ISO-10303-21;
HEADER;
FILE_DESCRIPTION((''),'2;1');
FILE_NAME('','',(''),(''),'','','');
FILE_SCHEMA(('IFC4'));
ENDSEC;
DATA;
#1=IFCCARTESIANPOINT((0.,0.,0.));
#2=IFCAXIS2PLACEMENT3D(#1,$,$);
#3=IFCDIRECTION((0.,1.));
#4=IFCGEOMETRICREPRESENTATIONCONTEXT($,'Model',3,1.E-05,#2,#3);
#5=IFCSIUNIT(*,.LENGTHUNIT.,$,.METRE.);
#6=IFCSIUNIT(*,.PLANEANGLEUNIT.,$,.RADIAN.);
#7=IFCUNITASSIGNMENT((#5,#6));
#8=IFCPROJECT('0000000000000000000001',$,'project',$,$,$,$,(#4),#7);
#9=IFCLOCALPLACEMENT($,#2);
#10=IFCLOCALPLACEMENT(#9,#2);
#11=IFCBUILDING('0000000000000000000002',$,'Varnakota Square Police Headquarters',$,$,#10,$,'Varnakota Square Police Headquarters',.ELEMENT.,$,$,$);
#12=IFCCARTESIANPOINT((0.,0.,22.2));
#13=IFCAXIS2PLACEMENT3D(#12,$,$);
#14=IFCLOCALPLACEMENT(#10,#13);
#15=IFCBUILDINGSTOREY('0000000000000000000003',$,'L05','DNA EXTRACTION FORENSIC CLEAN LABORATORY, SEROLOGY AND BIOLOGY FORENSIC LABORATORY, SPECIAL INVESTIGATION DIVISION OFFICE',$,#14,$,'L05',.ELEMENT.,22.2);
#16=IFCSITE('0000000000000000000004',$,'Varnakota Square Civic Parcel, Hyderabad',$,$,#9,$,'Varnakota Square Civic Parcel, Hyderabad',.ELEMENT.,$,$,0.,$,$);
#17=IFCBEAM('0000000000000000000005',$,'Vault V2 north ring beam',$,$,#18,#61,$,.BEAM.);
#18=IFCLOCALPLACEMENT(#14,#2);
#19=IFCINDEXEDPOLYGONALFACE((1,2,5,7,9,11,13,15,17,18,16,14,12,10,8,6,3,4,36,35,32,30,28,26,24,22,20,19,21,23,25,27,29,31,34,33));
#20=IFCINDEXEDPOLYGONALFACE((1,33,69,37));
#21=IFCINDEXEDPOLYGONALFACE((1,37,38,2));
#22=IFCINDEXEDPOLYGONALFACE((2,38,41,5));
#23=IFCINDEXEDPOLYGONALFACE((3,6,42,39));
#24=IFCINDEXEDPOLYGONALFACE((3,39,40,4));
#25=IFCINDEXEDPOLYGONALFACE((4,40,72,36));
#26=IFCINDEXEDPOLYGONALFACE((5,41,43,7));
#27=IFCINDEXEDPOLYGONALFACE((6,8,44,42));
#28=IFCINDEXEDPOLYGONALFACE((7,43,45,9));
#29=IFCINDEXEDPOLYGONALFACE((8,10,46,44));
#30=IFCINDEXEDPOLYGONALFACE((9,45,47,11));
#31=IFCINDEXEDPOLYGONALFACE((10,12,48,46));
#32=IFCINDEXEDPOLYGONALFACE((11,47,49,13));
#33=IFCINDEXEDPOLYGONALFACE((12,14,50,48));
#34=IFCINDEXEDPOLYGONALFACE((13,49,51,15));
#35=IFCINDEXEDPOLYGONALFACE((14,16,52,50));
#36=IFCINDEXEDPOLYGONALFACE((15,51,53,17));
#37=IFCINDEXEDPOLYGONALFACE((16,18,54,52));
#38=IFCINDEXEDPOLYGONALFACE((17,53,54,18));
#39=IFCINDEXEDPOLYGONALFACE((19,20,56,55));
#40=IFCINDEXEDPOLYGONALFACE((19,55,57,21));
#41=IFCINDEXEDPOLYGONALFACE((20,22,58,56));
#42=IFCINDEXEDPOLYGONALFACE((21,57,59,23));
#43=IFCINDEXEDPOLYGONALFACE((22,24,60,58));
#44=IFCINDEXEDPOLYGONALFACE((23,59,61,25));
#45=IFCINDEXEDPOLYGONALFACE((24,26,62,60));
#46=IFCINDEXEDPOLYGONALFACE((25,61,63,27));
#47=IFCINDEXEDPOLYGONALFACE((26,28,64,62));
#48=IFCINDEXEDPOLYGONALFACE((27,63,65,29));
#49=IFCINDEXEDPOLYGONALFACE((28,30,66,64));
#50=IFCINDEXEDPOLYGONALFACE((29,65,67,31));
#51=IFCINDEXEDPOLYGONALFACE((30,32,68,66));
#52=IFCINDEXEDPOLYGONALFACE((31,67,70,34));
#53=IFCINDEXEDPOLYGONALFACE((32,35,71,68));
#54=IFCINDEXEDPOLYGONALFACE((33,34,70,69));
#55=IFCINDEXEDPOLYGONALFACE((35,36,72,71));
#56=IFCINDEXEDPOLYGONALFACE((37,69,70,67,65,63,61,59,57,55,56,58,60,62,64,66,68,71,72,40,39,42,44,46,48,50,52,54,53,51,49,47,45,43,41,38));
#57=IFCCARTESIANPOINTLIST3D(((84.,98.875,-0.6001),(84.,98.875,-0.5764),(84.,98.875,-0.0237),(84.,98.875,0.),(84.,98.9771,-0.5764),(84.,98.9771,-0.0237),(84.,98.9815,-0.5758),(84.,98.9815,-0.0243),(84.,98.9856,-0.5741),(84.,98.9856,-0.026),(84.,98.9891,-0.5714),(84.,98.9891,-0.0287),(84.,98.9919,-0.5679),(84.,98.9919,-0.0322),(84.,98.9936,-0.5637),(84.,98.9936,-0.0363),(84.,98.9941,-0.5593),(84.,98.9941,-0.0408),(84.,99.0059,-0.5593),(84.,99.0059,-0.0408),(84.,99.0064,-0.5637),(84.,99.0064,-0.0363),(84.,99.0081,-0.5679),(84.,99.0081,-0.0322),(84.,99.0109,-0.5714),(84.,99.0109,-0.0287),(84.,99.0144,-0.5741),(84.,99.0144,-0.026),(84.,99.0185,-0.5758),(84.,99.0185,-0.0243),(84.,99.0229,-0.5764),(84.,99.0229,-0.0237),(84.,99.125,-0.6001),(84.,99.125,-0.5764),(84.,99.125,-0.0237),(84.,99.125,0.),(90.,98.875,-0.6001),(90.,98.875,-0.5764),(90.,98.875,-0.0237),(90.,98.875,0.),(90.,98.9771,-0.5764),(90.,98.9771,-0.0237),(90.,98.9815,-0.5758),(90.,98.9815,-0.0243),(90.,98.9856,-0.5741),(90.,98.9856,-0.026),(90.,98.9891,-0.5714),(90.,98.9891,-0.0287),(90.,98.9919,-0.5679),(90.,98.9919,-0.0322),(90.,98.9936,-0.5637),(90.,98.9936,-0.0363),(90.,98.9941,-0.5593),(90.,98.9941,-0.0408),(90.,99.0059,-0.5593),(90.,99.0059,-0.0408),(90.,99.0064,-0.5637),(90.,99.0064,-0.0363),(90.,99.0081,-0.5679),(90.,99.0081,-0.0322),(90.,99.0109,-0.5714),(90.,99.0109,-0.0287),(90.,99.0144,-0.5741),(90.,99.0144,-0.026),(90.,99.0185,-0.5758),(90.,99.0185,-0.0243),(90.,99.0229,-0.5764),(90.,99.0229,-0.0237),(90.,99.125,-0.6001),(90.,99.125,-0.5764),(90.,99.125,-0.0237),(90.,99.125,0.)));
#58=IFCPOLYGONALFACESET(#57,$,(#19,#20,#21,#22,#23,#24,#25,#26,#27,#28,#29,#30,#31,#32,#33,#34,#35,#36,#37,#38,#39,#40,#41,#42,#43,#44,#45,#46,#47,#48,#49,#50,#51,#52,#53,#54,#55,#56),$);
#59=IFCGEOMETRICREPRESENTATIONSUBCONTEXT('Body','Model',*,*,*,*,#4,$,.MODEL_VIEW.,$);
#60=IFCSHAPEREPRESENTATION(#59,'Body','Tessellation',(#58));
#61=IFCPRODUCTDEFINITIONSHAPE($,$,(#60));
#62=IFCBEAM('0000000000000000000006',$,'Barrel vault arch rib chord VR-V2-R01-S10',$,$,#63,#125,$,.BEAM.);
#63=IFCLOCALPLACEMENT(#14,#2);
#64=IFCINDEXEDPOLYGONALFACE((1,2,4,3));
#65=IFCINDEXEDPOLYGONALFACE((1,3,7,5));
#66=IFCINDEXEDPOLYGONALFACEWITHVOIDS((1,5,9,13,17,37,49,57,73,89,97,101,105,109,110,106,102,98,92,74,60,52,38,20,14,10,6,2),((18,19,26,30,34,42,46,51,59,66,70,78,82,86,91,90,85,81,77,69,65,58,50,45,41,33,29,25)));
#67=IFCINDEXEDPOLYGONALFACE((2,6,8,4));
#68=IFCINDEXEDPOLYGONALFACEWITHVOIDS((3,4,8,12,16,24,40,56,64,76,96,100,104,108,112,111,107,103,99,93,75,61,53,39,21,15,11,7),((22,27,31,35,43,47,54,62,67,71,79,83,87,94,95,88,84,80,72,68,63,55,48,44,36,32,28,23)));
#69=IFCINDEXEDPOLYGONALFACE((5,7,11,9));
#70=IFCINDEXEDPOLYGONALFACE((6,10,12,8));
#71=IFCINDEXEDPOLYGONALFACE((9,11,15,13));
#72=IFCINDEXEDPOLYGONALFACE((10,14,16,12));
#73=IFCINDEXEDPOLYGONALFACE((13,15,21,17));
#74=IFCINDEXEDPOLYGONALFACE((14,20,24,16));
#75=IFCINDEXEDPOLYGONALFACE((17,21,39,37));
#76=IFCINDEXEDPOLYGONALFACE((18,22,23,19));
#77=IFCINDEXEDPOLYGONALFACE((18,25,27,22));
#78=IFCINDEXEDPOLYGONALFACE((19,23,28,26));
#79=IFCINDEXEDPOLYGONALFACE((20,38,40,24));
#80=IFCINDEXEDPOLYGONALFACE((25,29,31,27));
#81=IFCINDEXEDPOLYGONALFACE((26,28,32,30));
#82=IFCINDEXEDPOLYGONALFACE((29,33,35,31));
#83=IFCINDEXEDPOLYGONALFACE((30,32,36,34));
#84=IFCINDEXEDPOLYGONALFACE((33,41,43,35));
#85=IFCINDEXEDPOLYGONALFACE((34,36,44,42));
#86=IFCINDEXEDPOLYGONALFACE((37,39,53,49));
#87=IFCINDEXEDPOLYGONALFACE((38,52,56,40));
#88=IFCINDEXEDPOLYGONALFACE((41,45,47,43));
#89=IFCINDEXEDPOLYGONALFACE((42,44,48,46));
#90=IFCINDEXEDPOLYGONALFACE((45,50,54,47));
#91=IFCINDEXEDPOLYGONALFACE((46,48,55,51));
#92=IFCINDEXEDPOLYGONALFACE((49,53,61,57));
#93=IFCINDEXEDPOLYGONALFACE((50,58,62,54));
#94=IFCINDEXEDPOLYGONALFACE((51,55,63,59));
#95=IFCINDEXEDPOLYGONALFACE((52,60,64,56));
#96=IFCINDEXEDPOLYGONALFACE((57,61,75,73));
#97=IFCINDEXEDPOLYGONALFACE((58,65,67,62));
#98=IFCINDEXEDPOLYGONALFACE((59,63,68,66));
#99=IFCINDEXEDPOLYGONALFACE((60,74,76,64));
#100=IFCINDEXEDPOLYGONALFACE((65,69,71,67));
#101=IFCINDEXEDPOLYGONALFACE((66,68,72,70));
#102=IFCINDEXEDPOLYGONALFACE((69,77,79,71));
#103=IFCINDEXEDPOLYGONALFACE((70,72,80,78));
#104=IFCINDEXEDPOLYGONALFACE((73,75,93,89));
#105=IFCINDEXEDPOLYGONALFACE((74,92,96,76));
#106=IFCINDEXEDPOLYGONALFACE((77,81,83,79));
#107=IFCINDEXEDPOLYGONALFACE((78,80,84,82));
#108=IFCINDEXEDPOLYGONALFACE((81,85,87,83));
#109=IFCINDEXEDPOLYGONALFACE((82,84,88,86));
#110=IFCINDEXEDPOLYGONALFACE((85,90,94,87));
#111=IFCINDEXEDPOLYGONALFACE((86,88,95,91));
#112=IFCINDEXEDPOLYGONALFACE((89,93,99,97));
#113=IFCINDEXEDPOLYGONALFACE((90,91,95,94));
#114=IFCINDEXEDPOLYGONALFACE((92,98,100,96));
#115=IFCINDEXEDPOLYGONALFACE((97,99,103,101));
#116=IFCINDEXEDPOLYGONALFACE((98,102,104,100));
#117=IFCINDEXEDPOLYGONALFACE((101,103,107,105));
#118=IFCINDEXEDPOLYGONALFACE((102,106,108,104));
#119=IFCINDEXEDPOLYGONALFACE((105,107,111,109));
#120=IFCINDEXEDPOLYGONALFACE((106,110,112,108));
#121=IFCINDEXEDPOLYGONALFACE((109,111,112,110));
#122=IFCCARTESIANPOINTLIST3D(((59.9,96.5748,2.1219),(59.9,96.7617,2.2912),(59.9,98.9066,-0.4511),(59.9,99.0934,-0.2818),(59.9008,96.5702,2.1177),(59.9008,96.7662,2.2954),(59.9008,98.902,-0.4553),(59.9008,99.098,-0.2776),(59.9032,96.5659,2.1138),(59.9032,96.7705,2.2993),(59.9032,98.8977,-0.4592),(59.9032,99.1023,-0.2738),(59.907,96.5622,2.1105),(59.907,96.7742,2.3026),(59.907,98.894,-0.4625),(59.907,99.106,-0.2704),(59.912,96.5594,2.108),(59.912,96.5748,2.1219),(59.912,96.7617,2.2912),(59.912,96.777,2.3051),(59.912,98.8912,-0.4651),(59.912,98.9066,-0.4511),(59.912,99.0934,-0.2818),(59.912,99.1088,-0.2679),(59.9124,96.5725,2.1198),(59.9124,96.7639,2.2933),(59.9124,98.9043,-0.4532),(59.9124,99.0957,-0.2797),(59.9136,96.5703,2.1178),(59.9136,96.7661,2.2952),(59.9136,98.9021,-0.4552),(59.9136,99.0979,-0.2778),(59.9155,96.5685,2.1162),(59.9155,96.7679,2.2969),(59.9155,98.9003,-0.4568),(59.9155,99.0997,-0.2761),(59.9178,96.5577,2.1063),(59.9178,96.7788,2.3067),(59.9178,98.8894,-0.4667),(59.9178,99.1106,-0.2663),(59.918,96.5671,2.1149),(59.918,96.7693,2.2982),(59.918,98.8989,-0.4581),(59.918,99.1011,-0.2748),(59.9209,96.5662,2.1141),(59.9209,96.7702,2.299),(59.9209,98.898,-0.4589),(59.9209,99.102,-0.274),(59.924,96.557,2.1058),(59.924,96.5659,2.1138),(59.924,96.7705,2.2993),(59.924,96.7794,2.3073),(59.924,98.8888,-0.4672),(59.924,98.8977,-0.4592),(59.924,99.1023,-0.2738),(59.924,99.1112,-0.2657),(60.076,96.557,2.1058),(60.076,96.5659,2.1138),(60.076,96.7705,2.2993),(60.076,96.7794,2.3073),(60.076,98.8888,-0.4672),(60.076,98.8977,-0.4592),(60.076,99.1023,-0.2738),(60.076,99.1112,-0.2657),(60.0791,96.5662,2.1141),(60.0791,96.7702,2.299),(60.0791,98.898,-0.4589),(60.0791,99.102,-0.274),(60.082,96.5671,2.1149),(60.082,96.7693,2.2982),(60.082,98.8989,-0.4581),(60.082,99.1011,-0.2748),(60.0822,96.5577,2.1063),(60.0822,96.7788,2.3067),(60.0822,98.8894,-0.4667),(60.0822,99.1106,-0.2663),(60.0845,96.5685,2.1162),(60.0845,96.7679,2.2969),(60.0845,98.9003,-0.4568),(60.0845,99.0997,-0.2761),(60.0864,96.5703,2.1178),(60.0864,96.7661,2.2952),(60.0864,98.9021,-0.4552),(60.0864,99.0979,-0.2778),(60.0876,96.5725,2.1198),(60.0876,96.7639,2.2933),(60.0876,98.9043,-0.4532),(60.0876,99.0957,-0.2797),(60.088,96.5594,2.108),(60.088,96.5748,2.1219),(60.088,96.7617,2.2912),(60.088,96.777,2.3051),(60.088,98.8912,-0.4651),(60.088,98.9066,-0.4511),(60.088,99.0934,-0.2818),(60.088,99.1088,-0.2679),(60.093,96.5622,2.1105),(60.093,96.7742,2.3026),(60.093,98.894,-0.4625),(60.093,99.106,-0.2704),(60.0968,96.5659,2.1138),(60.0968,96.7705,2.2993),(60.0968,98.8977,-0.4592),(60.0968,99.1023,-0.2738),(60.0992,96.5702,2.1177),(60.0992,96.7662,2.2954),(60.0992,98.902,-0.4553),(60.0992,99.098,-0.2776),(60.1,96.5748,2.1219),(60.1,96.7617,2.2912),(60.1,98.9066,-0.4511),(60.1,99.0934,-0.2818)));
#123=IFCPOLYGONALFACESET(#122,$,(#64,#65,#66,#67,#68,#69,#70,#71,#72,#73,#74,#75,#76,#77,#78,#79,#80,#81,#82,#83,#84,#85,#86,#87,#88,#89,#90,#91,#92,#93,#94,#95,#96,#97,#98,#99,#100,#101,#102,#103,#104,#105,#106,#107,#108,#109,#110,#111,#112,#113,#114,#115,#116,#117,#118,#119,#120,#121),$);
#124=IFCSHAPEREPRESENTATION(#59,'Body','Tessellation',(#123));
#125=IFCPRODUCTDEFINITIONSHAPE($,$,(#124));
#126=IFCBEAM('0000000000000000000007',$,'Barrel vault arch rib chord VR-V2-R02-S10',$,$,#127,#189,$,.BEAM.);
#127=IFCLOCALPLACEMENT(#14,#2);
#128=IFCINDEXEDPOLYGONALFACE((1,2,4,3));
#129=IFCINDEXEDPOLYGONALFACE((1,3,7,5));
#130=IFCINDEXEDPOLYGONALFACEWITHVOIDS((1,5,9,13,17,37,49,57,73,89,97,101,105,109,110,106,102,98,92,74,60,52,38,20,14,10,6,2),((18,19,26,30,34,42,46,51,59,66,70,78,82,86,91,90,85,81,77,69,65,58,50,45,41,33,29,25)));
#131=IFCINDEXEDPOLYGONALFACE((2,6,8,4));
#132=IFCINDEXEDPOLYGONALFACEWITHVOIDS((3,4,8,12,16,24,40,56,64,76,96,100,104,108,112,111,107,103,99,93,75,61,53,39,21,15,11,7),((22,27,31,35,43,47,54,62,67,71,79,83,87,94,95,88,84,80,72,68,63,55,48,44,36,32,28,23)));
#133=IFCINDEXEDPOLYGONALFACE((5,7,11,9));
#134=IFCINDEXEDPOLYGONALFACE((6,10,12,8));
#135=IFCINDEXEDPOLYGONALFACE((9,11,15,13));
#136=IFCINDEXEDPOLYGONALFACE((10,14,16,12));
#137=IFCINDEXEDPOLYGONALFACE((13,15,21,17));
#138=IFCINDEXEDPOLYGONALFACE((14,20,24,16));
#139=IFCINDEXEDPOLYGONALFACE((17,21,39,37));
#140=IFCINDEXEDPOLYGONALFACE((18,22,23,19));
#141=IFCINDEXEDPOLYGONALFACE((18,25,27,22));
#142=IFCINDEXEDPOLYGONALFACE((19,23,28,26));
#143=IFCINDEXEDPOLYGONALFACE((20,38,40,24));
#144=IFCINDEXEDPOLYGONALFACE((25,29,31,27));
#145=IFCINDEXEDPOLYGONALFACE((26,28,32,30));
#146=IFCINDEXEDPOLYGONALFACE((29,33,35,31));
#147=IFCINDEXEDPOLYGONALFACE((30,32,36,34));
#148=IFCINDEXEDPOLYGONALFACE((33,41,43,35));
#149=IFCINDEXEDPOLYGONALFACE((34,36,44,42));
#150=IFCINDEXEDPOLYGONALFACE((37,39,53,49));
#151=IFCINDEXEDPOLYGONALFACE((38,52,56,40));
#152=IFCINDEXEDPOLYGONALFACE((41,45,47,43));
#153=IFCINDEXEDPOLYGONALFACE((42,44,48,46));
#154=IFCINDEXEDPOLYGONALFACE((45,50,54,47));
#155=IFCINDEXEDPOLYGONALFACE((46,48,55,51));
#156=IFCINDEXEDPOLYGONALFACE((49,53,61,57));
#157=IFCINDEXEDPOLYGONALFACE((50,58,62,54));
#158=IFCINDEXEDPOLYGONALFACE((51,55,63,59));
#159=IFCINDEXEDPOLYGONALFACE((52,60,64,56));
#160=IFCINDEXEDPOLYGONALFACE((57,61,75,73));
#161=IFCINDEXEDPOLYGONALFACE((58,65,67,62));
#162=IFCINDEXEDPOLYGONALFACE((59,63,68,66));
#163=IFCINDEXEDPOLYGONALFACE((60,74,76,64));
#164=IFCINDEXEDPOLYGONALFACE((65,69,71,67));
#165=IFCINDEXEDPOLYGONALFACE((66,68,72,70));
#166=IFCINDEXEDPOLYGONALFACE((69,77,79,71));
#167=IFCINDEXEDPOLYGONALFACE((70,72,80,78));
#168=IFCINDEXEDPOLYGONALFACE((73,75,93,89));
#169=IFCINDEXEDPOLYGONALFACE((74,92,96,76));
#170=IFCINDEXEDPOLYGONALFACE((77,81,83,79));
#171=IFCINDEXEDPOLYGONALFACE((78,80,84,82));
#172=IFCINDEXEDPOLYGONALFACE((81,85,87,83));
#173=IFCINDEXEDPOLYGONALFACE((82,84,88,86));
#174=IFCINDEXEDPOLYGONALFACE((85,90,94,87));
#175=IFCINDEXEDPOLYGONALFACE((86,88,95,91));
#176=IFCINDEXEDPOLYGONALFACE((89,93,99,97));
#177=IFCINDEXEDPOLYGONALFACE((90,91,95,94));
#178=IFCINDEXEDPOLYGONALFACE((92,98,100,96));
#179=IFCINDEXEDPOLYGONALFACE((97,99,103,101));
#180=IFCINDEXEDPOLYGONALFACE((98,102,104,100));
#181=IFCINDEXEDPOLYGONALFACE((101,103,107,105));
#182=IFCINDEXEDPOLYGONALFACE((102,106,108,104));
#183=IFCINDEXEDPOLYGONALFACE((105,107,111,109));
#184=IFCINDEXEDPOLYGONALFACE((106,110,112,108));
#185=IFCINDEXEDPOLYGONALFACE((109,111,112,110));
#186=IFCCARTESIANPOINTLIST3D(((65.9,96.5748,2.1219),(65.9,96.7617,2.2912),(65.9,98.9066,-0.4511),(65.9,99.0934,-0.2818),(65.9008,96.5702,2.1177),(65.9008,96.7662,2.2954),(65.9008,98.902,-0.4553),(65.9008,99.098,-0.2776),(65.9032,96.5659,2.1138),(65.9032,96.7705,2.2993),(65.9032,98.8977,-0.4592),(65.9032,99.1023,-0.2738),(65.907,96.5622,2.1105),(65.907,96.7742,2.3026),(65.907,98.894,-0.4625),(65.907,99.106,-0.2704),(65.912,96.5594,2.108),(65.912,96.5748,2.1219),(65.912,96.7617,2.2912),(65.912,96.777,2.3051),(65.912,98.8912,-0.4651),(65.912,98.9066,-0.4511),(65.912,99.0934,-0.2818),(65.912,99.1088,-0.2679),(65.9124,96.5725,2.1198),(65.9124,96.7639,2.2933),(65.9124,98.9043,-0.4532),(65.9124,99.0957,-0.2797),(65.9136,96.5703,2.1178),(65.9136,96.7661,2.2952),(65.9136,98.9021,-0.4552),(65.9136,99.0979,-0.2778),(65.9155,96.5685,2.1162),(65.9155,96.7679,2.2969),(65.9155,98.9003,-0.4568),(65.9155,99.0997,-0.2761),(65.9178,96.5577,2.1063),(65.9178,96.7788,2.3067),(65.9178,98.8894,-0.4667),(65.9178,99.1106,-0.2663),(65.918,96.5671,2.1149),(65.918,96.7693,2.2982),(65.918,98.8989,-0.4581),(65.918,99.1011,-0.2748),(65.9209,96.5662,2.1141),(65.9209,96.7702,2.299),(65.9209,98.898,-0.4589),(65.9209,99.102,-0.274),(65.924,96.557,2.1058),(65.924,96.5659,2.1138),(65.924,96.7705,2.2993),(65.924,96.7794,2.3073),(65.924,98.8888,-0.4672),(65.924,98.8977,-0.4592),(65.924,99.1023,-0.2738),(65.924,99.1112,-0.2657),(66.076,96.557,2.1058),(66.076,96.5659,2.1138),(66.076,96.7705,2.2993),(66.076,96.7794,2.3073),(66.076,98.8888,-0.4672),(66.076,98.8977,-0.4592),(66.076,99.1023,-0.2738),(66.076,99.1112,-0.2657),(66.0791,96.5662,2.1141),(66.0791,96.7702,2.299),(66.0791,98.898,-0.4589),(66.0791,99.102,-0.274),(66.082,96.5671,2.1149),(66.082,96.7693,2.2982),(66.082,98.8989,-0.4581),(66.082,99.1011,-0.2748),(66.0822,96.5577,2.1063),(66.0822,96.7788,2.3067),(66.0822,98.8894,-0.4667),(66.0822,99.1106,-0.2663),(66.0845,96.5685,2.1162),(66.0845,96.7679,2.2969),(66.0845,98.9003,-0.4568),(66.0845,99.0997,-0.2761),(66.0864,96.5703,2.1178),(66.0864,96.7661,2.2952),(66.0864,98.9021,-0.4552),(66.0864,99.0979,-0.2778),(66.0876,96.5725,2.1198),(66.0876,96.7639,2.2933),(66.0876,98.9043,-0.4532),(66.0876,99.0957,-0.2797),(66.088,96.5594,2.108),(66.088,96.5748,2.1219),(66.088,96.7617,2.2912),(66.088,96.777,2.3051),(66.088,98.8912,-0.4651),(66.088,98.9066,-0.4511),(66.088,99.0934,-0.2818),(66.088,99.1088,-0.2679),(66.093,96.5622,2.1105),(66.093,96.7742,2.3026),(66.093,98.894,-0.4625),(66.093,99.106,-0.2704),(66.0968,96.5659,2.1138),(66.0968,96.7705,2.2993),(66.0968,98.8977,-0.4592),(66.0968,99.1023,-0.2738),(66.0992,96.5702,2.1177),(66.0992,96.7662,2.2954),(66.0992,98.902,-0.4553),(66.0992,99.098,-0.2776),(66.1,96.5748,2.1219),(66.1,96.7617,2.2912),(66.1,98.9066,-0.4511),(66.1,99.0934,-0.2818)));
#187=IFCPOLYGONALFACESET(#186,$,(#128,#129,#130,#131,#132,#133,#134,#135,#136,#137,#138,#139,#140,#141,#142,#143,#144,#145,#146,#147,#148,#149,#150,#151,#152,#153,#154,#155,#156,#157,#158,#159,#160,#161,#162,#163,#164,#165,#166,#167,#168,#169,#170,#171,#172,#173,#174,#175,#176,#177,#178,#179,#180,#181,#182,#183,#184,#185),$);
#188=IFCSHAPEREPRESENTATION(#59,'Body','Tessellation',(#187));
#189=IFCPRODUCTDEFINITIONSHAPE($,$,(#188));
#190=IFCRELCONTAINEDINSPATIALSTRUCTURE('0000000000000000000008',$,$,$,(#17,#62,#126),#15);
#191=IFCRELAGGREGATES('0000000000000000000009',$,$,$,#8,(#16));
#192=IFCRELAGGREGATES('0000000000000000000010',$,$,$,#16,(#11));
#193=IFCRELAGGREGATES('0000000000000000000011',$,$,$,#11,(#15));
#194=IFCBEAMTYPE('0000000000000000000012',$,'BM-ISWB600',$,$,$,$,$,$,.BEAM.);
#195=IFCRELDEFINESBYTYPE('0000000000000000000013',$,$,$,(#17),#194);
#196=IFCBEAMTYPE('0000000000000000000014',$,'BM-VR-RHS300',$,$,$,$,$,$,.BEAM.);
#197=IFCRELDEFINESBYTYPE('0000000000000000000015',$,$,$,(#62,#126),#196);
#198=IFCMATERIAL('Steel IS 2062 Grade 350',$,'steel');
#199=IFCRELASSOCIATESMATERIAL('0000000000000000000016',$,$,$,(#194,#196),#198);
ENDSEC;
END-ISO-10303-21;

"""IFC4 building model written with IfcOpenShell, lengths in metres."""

from ifc_helpers import new_model, si_unit, direction, frame, origin, origin_2d, place, context, subcontext, project, spatial, hollow_rectangle, i_section, extrude, material, material_profile, profile_set, type_object, element, save


model = new_model("IFC4")

# Units and contexts
model_context = context("Model", 3, precision=1e-05, world=origin(), true_north=direction((0.0, 1.0)))
body_context = subcontext(model_context, "Body", "Model", "MODEL_VIEW")
ifc_project = project(units=[si_unit("LENGTHUNIT", "METRE"), si_unit("PLANEANGLEUNIT", "RADIAN")], contexts=[model_context])

# Site, building, storey
site_placement = place(None, origin())
site = spatial("IfcSite", under=ifc_project, at=site_placement, Name="Varnakota Square Civic Parcel, Hyderabad", LongName="Varnakota Square Civic Parcel, Hyderabad", CompositionType="ELEMENT", RefElevation=0.0)
building_placement = place(site_placement, origin())
building = spatial("IfcBuilding", under=site, at=building_placement, Name="Varnakota Square Police Headquarters", LongName="Varnakota Square Police Headquarters", CompositionType="ELEMENT")
storey_placement = place(building_placement, frame((0.0, 0.0, 22.2)))
storey = spatial("IfcBuildingStorey", under=building, at=storey_placement, Name="L05", Description="DNA EXTRACTION FORENSIC CLEAN LABORATORY, SEROLOGY AND BIOLOGY FORENSIC LABORATORY, SPECIAL INVESTIGATION DIVISION OFFICE", LongName="L05", CompositionType="ELEMENT", Elevation=22.2)

# Beams
ifc_material_1 = material(Name="Steel IS 2062 Grade 350", Category="steel")
ifc_material_profile_1 = material_profile(ifc_material_1, i_section(OverallWidth=0.25, OverallDepth=0.6001, WebThickness=0.0117, FlangeThickness=0.0237, FilletRadius=0.0171, at=origin_2d()), Name="ISWB 600")
ifc_profile_set_1 = profile_set([ifc_material_profile_1], Name="Steel IS 2062 Grade 350")
beam_type_1 = type_object("IfcBeamType", Name="BM-ISWB600", PredefinedType="BEAM", material=ifc_profile_set_1)
for number, where, z_axis, x_axis, name in (
    (1, (84.0, 99.0, -0.3), (1.0, 0.0, 0.0), (0.0, 1.0, 0.0), "Vault V2 north ring beam"),
):
    element("IfcBeam", number, at=place(storey_placement, frame(where, z_axis=z_axis, x_axis=x_axis)), inside=storey, type_object=beam_type_1, Name=name, PredefinedType="BEAM", context=body_context, shape_type="SweptSolid", body=[
        extrude(i_section(OverallWidth=0.25, OverallDepth=0.6001, WebThickness=0.0117, FlangeThickness=0.0237, FilletRadius=0.0171, at=origin_2d()), origin(), (0.0, 0.0, 1.0), 6.0),
    ])
ifc_material_profile_2 = material_profile(ifc_material_1, hollow_rectangle(XDim=0.2, YDim=0.3, WallThickness=0.012, InnerFilletRadius=0.012, OuterFilletRadius=0.0239, at=origin_2d()), Name="RHS 300x200x12")
ifc_profile_set_2 = profile_set([ifc_material_profile_2], Name="Steel IS 2062 Grade 350")
beam_type_2 = type_object("IfcBeamType", Name="BM-VR-RHS300", PredefinedType="BEAM", material=ifc_profile_set_2)
for number, where, z_axis, x_axis, name in (
    (2, (60.0, 96.6682, 2.2065), (0.0, 0.671521, -0.740986), (-1.0, 0.0, 0.0), "Barrel vault arch rib chord VR-V2-R01-S10"),
    (3, (66.0, 96.6682, 2.2065), (0.0, 0.671521, -0.740986), (-1.0, 0.0, 0.0), "Barrel vault arch rib chord VR-V2-R02-S10"),
):
    element("IfcBeam", number, at=place(storey_placement, frame(where, z_axis=z_axis, x_axis=x_axis)), inside=storey, type_object=beam_type_2, Name=name, PredefinedType="BEAM", context=body_context, shape_type="SweptSolid", body=[
        extrude(hollow_rectangle(XDim=0.2, YDim=0.3, WallThickness=0.012, InnerFilletRadius=0.012, OuterFilletRadius=0.0239, at=origin_2d()), origin(), (0.0, 0.0, 1.0), 3.4724),
    ])

save(model, "model.ifc")
